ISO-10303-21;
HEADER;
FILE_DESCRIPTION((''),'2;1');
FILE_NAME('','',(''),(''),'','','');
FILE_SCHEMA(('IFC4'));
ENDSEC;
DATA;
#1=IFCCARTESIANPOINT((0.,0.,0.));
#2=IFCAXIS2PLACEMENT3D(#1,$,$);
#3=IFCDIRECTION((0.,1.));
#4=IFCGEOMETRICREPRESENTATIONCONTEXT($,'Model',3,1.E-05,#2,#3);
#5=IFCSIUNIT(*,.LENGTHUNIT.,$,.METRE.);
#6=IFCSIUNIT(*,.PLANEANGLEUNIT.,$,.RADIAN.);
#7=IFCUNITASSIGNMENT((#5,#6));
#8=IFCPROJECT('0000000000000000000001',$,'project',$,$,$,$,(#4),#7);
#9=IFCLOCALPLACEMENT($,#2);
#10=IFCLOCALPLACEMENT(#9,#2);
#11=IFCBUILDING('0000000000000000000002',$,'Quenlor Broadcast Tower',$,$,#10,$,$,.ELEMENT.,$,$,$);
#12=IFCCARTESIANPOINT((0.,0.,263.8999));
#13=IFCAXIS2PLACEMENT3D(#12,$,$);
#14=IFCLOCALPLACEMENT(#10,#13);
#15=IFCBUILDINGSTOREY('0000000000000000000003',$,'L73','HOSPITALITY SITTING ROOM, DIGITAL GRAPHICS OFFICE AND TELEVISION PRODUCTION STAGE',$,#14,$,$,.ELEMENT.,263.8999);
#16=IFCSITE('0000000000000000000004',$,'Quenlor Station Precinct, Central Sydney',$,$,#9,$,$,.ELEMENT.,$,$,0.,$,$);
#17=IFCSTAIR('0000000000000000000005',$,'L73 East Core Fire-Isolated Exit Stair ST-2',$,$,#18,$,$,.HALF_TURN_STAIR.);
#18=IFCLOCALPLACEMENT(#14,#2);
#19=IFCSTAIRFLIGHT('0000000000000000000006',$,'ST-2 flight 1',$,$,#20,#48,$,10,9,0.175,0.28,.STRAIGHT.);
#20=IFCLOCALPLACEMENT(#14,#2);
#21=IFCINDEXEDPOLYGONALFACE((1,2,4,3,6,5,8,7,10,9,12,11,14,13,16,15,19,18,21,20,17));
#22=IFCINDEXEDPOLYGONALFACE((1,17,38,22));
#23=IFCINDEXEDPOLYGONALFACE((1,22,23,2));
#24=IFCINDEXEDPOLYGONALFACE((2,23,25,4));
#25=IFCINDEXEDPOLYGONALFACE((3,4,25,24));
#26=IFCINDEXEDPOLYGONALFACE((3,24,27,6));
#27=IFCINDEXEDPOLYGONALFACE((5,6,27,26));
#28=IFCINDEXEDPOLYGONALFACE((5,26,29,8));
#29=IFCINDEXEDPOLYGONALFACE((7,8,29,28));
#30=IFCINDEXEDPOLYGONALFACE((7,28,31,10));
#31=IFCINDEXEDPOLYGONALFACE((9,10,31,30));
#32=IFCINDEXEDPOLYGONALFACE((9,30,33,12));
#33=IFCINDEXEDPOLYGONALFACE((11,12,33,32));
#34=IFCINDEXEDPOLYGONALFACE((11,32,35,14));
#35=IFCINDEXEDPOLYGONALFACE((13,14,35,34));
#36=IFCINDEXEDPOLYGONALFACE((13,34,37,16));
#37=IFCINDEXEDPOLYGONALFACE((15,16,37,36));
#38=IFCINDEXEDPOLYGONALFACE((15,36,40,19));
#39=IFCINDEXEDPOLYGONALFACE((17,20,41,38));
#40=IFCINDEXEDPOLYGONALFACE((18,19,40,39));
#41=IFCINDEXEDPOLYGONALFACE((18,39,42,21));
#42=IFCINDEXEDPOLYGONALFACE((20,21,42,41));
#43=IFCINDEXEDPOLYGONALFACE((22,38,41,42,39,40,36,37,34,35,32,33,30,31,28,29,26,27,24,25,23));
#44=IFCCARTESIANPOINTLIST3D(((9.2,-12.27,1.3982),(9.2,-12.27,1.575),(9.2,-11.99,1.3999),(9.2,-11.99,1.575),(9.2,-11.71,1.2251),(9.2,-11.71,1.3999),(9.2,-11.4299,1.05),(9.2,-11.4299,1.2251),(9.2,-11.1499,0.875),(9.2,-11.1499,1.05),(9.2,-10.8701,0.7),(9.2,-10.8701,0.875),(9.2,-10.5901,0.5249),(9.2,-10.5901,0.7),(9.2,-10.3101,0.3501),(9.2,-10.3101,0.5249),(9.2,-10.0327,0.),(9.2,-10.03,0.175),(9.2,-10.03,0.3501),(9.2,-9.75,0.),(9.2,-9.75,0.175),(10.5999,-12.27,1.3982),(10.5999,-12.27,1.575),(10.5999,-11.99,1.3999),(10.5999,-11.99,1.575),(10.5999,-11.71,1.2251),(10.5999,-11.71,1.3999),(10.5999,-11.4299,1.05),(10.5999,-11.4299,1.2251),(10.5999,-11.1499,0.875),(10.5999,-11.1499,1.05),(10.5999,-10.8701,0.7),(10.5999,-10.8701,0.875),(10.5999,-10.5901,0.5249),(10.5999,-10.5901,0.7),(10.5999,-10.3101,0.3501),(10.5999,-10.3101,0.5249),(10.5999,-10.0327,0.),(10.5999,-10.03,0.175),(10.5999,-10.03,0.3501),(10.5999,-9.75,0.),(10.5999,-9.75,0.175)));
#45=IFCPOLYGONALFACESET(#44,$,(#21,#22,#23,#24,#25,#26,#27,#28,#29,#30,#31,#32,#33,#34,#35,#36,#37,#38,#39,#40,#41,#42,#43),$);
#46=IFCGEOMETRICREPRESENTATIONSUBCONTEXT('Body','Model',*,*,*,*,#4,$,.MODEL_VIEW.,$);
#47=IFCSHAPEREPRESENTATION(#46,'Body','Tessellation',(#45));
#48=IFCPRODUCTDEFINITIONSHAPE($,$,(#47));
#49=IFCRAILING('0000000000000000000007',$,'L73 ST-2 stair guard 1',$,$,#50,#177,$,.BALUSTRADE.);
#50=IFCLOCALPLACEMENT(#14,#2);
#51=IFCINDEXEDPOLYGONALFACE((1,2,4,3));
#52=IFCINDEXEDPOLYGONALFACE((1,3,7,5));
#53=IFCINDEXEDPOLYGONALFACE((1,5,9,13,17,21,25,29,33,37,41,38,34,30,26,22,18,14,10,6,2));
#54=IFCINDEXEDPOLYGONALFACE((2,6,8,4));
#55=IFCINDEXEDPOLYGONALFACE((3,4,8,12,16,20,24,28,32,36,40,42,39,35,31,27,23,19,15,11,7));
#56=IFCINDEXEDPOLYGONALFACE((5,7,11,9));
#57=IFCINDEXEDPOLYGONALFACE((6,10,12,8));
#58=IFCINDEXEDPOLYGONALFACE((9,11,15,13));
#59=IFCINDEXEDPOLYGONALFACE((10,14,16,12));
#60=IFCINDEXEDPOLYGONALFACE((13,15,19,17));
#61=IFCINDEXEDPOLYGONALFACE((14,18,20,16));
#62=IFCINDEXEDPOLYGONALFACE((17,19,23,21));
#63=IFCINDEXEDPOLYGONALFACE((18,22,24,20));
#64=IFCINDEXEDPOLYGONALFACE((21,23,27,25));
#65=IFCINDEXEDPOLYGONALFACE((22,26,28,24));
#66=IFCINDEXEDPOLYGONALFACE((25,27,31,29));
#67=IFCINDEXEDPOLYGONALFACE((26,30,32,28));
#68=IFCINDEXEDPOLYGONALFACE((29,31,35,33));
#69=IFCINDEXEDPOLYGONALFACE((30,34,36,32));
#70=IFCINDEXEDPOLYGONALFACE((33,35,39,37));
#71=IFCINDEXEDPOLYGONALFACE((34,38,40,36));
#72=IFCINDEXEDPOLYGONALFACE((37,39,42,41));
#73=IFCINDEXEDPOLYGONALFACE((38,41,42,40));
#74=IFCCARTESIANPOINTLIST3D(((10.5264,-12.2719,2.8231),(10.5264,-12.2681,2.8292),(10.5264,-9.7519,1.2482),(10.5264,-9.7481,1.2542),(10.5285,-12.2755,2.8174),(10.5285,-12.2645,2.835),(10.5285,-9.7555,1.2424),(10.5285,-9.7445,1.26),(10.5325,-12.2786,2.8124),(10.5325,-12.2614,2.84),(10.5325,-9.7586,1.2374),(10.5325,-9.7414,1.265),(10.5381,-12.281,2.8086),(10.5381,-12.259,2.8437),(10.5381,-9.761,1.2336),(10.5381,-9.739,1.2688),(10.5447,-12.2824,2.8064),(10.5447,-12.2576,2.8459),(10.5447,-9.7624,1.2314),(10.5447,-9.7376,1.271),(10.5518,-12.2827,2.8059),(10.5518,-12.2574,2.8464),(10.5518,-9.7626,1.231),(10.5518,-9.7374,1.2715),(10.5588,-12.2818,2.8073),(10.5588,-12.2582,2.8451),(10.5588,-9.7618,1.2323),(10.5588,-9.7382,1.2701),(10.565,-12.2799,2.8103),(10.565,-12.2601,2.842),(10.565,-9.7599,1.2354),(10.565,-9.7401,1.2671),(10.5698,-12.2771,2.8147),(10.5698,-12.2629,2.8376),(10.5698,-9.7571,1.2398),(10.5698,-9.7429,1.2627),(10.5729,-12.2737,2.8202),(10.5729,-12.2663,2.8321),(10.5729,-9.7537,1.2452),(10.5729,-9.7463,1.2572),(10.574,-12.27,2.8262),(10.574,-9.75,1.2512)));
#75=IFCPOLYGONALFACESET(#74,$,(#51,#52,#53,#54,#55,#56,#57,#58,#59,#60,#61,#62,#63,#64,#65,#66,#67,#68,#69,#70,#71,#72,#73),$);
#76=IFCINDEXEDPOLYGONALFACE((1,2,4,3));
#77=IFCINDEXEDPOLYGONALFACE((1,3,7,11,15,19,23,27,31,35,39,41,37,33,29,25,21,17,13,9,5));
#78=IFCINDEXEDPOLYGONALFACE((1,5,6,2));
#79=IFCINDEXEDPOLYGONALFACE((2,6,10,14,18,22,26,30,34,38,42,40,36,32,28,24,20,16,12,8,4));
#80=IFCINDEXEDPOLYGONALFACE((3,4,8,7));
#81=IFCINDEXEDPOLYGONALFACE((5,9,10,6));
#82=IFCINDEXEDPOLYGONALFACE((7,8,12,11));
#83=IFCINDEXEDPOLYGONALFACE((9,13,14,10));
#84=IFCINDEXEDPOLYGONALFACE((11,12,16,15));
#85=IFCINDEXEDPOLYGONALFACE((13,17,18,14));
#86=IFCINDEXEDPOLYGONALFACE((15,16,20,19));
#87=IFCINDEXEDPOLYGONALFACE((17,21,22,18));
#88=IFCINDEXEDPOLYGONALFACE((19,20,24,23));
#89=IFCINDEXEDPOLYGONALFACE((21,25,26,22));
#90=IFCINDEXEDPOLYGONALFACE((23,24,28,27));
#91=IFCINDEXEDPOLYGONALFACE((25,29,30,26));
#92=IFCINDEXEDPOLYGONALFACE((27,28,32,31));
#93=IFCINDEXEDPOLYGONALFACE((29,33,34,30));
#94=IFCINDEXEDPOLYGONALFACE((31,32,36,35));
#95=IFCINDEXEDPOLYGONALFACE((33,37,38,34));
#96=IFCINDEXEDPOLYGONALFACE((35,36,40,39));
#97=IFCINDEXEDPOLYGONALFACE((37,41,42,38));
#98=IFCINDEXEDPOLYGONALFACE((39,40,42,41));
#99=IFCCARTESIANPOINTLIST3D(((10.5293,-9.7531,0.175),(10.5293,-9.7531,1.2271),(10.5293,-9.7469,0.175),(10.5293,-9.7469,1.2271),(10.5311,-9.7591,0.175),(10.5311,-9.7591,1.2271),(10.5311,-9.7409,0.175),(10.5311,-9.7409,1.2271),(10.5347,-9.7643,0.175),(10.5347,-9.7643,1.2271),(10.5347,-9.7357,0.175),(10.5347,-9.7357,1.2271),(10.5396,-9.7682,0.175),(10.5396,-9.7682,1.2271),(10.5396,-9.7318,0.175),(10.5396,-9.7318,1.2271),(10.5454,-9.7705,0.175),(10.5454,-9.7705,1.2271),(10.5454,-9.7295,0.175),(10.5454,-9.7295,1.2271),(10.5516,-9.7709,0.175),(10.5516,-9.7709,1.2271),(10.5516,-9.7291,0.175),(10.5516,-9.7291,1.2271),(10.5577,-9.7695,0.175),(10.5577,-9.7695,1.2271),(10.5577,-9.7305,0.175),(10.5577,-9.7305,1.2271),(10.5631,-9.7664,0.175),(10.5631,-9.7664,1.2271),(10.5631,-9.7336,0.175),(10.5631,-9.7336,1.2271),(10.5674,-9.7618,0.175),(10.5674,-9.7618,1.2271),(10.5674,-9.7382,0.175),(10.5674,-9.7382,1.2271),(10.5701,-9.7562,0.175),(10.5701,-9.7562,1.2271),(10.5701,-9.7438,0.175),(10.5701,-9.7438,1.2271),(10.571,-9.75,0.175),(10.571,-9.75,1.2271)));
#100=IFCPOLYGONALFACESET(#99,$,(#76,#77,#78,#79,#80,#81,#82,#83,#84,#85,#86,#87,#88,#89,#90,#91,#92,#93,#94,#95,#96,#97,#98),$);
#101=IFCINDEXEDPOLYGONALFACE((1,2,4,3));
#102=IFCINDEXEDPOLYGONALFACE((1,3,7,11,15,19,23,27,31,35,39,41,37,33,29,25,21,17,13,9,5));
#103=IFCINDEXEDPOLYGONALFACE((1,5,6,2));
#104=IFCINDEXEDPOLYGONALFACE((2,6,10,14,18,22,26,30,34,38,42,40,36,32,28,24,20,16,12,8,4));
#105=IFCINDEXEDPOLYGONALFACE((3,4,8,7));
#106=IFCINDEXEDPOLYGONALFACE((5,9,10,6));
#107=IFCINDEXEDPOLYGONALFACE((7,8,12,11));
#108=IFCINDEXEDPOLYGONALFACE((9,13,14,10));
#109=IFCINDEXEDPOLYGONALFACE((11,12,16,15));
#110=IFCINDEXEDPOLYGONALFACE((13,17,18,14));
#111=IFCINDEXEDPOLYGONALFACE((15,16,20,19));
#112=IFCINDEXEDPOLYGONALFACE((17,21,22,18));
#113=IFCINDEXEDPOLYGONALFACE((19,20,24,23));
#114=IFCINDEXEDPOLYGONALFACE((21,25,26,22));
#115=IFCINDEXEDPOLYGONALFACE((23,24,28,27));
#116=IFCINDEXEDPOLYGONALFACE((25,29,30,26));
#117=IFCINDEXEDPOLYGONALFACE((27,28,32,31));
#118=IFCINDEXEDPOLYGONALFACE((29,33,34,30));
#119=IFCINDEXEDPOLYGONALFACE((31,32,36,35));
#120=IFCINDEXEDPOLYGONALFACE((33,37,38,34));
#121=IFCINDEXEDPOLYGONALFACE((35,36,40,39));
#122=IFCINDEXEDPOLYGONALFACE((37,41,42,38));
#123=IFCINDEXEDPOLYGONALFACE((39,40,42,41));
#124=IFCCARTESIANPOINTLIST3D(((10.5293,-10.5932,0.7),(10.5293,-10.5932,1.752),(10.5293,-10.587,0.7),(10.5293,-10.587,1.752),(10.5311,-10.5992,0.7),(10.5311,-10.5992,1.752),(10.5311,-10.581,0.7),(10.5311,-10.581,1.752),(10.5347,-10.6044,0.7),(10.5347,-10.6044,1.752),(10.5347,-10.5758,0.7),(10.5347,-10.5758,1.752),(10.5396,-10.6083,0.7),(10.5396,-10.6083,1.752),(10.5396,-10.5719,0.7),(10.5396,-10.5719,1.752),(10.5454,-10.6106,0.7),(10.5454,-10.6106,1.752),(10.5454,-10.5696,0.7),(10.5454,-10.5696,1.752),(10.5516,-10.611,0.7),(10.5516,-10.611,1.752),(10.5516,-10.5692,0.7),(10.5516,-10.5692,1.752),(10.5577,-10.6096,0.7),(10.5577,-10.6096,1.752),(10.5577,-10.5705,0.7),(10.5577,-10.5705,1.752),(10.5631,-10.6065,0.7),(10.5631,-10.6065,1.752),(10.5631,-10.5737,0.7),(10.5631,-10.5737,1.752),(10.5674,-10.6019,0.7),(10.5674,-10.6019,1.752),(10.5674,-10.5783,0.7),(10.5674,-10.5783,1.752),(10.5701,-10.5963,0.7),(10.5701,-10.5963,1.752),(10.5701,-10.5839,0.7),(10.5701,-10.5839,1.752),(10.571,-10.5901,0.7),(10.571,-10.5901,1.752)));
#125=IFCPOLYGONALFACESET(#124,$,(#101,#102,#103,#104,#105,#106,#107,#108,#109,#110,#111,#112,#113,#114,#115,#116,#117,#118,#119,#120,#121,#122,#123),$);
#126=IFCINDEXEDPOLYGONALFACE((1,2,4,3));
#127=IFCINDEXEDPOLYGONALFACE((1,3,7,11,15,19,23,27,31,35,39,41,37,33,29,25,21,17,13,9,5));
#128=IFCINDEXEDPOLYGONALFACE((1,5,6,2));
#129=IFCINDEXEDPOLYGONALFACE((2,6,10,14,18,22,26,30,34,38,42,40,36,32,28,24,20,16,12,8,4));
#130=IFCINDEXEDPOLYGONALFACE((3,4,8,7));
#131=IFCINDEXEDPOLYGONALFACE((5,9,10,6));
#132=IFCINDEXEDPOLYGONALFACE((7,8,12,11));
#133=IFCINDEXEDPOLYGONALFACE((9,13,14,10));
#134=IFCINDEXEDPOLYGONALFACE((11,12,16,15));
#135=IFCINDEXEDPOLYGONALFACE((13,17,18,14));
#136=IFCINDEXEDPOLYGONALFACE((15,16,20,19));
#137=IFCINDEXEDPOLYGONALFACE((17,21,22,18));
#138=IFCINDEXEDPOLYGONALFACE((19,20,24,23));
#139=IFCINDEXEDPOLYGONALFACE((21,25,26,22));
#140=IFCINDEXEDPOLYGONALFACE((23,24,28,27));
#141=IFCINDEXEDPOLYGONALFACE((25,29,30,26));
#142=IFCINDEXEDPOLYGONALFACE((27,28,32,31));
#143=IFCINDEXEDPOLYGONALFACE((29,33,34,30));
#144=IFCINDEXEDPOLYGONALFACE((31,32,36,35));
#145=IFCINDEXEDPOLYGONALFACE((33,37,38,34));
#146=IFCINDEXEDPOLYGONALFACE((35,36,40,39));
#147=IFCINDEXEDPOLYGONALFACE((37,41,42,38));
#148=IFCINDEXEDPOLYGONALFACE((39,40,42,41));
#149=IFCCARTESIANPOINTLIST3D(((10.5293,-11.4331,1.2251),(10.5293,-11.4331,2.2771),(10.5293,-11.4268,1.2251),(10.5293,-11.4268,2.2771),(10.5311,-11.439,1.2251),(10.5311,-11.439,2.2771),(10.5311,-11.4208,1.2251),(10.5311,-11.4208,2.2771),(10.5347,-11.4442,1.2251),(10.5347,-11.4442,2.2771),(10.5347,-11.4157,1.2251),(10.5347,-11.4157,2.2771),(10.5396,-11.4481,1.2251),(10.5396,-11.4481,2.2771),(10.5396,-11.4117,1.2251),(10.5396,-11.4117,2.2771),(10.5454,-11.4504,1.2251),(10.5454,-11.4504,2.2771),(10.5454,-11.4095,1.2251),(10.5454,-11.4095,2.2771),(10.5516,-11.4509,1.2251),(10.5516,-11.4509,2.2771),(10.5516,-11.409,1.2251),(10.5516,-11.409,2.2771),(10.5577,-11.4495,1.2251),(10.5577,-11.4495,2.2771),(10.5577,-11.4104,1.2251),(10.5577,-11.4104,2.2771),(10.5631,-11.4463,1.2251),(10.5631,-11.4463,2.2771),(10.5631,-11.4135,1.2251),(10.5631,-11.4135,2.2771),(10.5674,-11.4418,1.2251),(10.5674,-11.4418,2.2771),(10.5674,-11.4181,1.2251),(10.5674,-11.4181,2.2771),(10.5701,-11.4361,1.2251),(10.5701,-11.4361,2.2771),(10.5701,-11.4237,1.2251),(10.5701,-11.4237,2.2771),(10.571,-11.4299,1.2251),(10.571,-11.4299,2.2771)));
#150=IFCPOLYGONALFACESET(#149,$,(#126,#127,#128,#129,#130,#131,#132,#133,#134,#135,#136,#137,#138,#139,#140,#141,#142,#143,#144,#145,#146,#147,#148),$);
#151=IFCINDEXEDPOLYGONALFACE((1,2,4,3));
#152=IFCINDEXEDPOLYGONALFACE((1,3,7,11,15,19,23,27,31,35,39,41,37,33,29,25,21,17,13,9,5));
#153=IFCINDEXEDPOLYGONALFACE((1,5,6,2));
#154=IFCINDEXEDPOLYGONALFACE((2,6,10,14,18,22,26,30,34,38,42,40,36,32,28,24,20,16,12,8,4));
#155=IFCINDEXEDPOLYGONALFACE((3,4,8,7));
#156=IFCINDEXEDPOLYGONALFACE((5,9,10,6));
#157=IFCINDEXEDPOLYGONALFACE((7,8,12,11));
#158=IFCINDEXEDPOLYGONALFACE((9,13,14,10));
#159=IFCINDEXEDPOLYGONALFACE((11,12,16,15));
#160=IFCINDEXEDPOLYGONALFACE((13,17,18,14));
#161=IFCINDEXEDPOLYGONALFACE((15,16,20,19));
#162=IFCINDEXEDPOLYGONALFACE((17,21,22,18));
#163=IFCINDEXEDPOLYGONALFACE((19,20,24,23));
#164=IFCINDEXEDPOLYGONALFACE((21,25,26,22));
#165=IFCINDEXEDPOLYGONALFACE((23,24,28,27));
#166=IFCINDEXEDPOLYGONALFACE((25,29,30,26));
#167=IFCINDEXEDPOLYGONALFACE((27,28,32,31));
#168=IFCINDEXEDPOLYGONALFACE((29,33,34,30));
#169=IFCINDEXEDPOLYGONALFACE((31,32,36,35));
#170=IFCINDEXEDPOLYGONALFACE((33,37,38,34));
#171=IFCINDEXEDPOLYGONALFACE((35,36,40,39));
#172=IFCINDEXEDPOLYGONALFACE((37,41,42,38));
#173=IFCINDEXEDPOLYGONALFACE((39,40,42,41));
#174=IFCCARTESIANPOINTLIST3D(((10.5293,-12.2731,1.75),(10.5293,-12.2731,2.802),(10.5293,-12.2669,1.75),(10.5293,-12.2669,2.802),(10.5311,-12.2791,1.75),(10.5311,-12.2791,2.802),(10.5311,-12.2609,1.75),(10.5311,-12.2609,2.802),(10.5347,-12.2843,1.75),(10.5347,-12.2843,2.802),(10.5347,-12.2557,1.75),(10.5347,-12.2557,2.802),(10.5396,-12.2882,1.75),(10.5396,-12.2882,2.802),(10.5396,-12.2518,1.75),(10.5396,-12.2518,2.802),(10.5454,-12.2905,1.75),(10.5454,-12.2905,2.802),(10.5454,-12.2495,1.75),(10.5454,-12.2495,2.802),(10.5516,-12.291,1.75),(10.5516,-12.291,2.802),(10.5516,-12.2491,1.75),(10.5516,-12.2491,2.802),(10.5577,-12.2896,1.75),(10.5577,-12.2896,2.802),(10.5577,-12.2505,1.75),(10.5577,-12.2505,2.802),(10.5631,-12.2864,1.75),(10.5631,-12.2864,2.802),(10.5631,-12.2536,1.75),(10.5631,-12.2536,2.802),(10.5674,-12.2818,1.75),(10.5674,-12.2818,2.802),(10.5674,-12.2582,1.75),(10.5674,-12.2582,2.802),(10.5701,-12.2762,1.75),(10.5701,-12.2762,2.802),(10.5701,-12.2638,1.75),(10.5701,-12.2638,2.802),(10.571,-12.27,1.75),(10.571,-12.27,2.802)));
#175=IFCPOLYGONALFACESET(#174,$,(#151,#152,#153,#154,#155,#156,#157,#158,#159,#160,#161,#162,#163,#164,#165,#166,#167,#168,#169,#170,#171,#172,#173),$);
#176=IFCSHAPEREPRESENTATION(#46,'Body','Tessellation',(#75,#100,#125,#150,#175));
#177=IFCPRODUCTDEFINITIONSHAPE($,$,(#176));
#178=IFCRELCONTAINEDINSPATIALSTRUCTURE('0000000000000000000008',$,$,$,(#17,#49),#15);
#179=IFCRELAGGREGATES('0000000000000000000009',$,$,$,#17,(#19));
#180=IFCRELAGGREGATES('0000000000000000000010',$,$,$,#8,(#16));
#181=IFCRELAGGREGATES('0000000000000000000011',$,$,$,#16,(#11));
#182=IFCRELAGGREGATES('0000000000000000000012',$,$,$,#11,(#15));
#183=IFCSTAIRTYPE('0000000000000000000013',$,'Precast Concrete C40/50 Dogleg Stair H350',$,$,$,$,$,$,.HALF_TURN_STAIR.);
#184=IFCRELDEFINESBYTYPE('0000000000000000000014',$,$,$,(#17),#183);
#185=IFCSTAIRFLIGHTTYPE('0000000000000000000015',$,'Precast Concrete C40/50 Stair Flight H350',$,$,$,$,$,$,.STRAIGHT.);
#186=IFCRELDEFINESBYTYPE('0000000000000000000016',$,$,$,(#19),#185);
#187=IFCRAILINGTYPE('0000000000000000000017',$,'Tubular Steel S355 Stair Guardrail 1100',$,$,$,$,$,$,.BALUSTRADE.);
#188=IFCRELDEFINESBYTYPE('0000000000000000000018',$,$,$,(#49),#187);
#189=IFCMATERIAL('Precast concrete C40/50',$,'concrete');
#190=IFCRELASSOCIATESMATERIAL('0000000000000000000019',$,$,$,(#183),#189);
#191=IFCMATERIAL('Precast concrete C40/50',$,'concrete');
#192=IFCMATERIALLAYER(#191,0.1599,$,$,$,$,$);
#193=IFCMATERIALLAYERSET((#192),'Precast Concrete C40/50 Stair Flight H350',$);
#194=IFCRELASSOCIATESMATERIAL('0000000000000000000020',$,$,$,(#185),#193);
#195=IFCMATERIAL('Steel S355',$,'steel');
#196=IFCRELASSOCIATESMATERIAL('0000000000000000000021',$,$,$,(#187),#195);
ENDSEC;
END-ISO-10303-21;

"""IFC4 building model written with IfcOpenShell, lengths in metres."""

from ifc_helpers import new_model, si_unit, direction, frame, origin, origin_2d, place, context, subcontext, project, spatial, polyline, circle, outline, extrude, material, layer, layer_set, type_object, element, aggregate, save


model = new_model("IFC4")

# Units and contexts
model_context = context("Model", 3, precision=1e-05, world=origin(), true_north=direction((0.0, 1.0)))
body_context = subcontext(model_context, "Body", "Model", "MODEL_VIEW")
ifc_project = project(units=[si_unit("LENGTHUNIT", "METRE"), si_unit("PLANEANGLEUNIT", "RADIAN")], contexts=[model_context])

# Site, building, storey
site_placement = place(None, origin())
site = spatial("IfcSite", under=ifc_project, at=site_placement, Name="Quenlor Station Precinct, Central Sydney", CompositionType="ELEMENT", RefElevation=0.0)
building_placement = place(site_placement, origin())
building = spatial("IfcBuilding", under=site, at=building_placement, Name="Quenlor Broadcast Tower", CompositionType="ELEMENT")
storey_placement = place(building_placement, frame((0.0, 0.0, 263.8999)))
storey = spatial("IfcBuildingStorey", under=building, at=storey_placement, Name="L73", Description="HOSPITALITY SITTING ROOM, DIGITAL GRAPHICS OFFICE AND TELEVISION PRODUCTION STAGE", CompositionType="ELEMENT", Elevation=263.8999)

# Stair, stair flight
ifc_material_1 = material(Name="Precast concrete C40/50", Category="concrete")
stair_type = type_object("IfcStairType", Name="Precast Concrete C40/50 Dogleg Stair H350", PredefinedType="HALF_TURN_STAIR", material=ifc_material_1)
stair_placement = place(storey_placement, origin())
stair = element("IfcStair", 1, at=stair_placement, inside=storey, type_object=stair_type, Name="L73 East Core Fire-Isolated Exit Stair ST-2", PredefinedType="HALF_TURN_STAIR")
ifc_material_2 = material(Name="Precast concrete C40/50", Category="concrete")
ifc_layer_1 = layer(ifc_material_2, 0.1599)
ifc_layer_set_1 = layer_set([ifc_layer_1], Name="Precast Concrete C40/50 Stair Flight H350")
stair_flight_type = type_object("IfcStairFlightType", Name="Precast Concrete C40/50 Stair Flight H350", PredefinedType="STRAIGHT", material=ifc_layer_set_1)
stair_flight_placement = place(storey_placement, frame((9.8999, -9.75, 0.0), z_axis=(0.0, 0.0, 1.0), x_axis=(0.0, -1.0, 0.0)))
stair_flight = element("IfcStairFlight", 2, at=stair_flight_placement, type_object=stair_flight_type, Name="ST-2 flight 1", NumberOfRisers=10, NumberOfTreads=9, PredefinedType="STRAIGHT", RiserHeight=0.175, TreadLength=0.28, context=body_context, shape_type="SweptSolid", body=[
    extrude(outline(polyline([(0.0, 0.0), (0.0, 0.175), (0.28, 0.175), (0.28, 0.3501), (0.5601, 0.3501), (0.5601, 0.5249), (0.8401, 0.5249), (0.8401, 0.7), (1.1201, 0.7), (1.1201, 0.875), (1.3999, 0.875), (1.3999, 1.05), (1.6799, 1.05), (1.6799, 1.2251), (1.96, 1.2251), (1.96, 1.3999), (2.24, 1.3999), (2.24, 1.575), (2.52, 1.575), (2.52, 1.75), (2.52, 1.3982), (0.2827, 0.0), (0.0, 0.0)])), frame((0.0, 0.7, 0.0), z_axis=(0.0, -1.0, 0.0), x_axis=(1.0, 0.0, 0.0)), (0.0, 0.0, 1.0), 1.3999),
])
aggregate(stair, [stair_flight])

# Railing
ifc_material_3 = material(Name="Steel S355", Category="steel")
railing_type = type_object("IfcRailingType", Name="Tubular Steel S355 Stair Guardrail 1100", PredefinedType="BALUSTRADE", material=ifc_material_3)
railing_1_placement = place(storey_placement, frame((10.55, -9.75, 0.175)))
element("IfcRailing", 3, at=railing_1_placement, inside=storey, type_object=railing_type, Name="L73 ST-2 stair guard 1", PredefinedType="BALUSTRADE", context=body_context, shape_type="SweptSolid", body=[
    extrude(circle(Radius=0.0239, at=origin_2d()), frame((0.0, 0.0, 1.0762), z_axis=(0.0, -0.848008, 0.529984), x_axis=(1.0, 0.0, 0.0)), (0.0, 0.0, 1.0), 2.9717),
    extrude(circle(Radius=0.021, at=origin_2d()), origin(), (0.0, 0.0, 1.0), 1.052),
    extrude(circle(Radius=0.021, at=origin_2d()), frame((0.0, -0.8401, 0.5249)), (0.0, 0.0, 1.0), 1.052),
    extrude(circle(Radius=0.021, at=origin_2d()), frame((0.0, -1.6799, 1.05)), (0.0, 0.0, 1.0), 1.052),
    extrude(circle(Radius=0.021, at=origin_2d()), frame((0.0, -2.52, 1.575)), (0.0, 0.0, 1.0), 1.052),
])

save(model, "model.ifc")
